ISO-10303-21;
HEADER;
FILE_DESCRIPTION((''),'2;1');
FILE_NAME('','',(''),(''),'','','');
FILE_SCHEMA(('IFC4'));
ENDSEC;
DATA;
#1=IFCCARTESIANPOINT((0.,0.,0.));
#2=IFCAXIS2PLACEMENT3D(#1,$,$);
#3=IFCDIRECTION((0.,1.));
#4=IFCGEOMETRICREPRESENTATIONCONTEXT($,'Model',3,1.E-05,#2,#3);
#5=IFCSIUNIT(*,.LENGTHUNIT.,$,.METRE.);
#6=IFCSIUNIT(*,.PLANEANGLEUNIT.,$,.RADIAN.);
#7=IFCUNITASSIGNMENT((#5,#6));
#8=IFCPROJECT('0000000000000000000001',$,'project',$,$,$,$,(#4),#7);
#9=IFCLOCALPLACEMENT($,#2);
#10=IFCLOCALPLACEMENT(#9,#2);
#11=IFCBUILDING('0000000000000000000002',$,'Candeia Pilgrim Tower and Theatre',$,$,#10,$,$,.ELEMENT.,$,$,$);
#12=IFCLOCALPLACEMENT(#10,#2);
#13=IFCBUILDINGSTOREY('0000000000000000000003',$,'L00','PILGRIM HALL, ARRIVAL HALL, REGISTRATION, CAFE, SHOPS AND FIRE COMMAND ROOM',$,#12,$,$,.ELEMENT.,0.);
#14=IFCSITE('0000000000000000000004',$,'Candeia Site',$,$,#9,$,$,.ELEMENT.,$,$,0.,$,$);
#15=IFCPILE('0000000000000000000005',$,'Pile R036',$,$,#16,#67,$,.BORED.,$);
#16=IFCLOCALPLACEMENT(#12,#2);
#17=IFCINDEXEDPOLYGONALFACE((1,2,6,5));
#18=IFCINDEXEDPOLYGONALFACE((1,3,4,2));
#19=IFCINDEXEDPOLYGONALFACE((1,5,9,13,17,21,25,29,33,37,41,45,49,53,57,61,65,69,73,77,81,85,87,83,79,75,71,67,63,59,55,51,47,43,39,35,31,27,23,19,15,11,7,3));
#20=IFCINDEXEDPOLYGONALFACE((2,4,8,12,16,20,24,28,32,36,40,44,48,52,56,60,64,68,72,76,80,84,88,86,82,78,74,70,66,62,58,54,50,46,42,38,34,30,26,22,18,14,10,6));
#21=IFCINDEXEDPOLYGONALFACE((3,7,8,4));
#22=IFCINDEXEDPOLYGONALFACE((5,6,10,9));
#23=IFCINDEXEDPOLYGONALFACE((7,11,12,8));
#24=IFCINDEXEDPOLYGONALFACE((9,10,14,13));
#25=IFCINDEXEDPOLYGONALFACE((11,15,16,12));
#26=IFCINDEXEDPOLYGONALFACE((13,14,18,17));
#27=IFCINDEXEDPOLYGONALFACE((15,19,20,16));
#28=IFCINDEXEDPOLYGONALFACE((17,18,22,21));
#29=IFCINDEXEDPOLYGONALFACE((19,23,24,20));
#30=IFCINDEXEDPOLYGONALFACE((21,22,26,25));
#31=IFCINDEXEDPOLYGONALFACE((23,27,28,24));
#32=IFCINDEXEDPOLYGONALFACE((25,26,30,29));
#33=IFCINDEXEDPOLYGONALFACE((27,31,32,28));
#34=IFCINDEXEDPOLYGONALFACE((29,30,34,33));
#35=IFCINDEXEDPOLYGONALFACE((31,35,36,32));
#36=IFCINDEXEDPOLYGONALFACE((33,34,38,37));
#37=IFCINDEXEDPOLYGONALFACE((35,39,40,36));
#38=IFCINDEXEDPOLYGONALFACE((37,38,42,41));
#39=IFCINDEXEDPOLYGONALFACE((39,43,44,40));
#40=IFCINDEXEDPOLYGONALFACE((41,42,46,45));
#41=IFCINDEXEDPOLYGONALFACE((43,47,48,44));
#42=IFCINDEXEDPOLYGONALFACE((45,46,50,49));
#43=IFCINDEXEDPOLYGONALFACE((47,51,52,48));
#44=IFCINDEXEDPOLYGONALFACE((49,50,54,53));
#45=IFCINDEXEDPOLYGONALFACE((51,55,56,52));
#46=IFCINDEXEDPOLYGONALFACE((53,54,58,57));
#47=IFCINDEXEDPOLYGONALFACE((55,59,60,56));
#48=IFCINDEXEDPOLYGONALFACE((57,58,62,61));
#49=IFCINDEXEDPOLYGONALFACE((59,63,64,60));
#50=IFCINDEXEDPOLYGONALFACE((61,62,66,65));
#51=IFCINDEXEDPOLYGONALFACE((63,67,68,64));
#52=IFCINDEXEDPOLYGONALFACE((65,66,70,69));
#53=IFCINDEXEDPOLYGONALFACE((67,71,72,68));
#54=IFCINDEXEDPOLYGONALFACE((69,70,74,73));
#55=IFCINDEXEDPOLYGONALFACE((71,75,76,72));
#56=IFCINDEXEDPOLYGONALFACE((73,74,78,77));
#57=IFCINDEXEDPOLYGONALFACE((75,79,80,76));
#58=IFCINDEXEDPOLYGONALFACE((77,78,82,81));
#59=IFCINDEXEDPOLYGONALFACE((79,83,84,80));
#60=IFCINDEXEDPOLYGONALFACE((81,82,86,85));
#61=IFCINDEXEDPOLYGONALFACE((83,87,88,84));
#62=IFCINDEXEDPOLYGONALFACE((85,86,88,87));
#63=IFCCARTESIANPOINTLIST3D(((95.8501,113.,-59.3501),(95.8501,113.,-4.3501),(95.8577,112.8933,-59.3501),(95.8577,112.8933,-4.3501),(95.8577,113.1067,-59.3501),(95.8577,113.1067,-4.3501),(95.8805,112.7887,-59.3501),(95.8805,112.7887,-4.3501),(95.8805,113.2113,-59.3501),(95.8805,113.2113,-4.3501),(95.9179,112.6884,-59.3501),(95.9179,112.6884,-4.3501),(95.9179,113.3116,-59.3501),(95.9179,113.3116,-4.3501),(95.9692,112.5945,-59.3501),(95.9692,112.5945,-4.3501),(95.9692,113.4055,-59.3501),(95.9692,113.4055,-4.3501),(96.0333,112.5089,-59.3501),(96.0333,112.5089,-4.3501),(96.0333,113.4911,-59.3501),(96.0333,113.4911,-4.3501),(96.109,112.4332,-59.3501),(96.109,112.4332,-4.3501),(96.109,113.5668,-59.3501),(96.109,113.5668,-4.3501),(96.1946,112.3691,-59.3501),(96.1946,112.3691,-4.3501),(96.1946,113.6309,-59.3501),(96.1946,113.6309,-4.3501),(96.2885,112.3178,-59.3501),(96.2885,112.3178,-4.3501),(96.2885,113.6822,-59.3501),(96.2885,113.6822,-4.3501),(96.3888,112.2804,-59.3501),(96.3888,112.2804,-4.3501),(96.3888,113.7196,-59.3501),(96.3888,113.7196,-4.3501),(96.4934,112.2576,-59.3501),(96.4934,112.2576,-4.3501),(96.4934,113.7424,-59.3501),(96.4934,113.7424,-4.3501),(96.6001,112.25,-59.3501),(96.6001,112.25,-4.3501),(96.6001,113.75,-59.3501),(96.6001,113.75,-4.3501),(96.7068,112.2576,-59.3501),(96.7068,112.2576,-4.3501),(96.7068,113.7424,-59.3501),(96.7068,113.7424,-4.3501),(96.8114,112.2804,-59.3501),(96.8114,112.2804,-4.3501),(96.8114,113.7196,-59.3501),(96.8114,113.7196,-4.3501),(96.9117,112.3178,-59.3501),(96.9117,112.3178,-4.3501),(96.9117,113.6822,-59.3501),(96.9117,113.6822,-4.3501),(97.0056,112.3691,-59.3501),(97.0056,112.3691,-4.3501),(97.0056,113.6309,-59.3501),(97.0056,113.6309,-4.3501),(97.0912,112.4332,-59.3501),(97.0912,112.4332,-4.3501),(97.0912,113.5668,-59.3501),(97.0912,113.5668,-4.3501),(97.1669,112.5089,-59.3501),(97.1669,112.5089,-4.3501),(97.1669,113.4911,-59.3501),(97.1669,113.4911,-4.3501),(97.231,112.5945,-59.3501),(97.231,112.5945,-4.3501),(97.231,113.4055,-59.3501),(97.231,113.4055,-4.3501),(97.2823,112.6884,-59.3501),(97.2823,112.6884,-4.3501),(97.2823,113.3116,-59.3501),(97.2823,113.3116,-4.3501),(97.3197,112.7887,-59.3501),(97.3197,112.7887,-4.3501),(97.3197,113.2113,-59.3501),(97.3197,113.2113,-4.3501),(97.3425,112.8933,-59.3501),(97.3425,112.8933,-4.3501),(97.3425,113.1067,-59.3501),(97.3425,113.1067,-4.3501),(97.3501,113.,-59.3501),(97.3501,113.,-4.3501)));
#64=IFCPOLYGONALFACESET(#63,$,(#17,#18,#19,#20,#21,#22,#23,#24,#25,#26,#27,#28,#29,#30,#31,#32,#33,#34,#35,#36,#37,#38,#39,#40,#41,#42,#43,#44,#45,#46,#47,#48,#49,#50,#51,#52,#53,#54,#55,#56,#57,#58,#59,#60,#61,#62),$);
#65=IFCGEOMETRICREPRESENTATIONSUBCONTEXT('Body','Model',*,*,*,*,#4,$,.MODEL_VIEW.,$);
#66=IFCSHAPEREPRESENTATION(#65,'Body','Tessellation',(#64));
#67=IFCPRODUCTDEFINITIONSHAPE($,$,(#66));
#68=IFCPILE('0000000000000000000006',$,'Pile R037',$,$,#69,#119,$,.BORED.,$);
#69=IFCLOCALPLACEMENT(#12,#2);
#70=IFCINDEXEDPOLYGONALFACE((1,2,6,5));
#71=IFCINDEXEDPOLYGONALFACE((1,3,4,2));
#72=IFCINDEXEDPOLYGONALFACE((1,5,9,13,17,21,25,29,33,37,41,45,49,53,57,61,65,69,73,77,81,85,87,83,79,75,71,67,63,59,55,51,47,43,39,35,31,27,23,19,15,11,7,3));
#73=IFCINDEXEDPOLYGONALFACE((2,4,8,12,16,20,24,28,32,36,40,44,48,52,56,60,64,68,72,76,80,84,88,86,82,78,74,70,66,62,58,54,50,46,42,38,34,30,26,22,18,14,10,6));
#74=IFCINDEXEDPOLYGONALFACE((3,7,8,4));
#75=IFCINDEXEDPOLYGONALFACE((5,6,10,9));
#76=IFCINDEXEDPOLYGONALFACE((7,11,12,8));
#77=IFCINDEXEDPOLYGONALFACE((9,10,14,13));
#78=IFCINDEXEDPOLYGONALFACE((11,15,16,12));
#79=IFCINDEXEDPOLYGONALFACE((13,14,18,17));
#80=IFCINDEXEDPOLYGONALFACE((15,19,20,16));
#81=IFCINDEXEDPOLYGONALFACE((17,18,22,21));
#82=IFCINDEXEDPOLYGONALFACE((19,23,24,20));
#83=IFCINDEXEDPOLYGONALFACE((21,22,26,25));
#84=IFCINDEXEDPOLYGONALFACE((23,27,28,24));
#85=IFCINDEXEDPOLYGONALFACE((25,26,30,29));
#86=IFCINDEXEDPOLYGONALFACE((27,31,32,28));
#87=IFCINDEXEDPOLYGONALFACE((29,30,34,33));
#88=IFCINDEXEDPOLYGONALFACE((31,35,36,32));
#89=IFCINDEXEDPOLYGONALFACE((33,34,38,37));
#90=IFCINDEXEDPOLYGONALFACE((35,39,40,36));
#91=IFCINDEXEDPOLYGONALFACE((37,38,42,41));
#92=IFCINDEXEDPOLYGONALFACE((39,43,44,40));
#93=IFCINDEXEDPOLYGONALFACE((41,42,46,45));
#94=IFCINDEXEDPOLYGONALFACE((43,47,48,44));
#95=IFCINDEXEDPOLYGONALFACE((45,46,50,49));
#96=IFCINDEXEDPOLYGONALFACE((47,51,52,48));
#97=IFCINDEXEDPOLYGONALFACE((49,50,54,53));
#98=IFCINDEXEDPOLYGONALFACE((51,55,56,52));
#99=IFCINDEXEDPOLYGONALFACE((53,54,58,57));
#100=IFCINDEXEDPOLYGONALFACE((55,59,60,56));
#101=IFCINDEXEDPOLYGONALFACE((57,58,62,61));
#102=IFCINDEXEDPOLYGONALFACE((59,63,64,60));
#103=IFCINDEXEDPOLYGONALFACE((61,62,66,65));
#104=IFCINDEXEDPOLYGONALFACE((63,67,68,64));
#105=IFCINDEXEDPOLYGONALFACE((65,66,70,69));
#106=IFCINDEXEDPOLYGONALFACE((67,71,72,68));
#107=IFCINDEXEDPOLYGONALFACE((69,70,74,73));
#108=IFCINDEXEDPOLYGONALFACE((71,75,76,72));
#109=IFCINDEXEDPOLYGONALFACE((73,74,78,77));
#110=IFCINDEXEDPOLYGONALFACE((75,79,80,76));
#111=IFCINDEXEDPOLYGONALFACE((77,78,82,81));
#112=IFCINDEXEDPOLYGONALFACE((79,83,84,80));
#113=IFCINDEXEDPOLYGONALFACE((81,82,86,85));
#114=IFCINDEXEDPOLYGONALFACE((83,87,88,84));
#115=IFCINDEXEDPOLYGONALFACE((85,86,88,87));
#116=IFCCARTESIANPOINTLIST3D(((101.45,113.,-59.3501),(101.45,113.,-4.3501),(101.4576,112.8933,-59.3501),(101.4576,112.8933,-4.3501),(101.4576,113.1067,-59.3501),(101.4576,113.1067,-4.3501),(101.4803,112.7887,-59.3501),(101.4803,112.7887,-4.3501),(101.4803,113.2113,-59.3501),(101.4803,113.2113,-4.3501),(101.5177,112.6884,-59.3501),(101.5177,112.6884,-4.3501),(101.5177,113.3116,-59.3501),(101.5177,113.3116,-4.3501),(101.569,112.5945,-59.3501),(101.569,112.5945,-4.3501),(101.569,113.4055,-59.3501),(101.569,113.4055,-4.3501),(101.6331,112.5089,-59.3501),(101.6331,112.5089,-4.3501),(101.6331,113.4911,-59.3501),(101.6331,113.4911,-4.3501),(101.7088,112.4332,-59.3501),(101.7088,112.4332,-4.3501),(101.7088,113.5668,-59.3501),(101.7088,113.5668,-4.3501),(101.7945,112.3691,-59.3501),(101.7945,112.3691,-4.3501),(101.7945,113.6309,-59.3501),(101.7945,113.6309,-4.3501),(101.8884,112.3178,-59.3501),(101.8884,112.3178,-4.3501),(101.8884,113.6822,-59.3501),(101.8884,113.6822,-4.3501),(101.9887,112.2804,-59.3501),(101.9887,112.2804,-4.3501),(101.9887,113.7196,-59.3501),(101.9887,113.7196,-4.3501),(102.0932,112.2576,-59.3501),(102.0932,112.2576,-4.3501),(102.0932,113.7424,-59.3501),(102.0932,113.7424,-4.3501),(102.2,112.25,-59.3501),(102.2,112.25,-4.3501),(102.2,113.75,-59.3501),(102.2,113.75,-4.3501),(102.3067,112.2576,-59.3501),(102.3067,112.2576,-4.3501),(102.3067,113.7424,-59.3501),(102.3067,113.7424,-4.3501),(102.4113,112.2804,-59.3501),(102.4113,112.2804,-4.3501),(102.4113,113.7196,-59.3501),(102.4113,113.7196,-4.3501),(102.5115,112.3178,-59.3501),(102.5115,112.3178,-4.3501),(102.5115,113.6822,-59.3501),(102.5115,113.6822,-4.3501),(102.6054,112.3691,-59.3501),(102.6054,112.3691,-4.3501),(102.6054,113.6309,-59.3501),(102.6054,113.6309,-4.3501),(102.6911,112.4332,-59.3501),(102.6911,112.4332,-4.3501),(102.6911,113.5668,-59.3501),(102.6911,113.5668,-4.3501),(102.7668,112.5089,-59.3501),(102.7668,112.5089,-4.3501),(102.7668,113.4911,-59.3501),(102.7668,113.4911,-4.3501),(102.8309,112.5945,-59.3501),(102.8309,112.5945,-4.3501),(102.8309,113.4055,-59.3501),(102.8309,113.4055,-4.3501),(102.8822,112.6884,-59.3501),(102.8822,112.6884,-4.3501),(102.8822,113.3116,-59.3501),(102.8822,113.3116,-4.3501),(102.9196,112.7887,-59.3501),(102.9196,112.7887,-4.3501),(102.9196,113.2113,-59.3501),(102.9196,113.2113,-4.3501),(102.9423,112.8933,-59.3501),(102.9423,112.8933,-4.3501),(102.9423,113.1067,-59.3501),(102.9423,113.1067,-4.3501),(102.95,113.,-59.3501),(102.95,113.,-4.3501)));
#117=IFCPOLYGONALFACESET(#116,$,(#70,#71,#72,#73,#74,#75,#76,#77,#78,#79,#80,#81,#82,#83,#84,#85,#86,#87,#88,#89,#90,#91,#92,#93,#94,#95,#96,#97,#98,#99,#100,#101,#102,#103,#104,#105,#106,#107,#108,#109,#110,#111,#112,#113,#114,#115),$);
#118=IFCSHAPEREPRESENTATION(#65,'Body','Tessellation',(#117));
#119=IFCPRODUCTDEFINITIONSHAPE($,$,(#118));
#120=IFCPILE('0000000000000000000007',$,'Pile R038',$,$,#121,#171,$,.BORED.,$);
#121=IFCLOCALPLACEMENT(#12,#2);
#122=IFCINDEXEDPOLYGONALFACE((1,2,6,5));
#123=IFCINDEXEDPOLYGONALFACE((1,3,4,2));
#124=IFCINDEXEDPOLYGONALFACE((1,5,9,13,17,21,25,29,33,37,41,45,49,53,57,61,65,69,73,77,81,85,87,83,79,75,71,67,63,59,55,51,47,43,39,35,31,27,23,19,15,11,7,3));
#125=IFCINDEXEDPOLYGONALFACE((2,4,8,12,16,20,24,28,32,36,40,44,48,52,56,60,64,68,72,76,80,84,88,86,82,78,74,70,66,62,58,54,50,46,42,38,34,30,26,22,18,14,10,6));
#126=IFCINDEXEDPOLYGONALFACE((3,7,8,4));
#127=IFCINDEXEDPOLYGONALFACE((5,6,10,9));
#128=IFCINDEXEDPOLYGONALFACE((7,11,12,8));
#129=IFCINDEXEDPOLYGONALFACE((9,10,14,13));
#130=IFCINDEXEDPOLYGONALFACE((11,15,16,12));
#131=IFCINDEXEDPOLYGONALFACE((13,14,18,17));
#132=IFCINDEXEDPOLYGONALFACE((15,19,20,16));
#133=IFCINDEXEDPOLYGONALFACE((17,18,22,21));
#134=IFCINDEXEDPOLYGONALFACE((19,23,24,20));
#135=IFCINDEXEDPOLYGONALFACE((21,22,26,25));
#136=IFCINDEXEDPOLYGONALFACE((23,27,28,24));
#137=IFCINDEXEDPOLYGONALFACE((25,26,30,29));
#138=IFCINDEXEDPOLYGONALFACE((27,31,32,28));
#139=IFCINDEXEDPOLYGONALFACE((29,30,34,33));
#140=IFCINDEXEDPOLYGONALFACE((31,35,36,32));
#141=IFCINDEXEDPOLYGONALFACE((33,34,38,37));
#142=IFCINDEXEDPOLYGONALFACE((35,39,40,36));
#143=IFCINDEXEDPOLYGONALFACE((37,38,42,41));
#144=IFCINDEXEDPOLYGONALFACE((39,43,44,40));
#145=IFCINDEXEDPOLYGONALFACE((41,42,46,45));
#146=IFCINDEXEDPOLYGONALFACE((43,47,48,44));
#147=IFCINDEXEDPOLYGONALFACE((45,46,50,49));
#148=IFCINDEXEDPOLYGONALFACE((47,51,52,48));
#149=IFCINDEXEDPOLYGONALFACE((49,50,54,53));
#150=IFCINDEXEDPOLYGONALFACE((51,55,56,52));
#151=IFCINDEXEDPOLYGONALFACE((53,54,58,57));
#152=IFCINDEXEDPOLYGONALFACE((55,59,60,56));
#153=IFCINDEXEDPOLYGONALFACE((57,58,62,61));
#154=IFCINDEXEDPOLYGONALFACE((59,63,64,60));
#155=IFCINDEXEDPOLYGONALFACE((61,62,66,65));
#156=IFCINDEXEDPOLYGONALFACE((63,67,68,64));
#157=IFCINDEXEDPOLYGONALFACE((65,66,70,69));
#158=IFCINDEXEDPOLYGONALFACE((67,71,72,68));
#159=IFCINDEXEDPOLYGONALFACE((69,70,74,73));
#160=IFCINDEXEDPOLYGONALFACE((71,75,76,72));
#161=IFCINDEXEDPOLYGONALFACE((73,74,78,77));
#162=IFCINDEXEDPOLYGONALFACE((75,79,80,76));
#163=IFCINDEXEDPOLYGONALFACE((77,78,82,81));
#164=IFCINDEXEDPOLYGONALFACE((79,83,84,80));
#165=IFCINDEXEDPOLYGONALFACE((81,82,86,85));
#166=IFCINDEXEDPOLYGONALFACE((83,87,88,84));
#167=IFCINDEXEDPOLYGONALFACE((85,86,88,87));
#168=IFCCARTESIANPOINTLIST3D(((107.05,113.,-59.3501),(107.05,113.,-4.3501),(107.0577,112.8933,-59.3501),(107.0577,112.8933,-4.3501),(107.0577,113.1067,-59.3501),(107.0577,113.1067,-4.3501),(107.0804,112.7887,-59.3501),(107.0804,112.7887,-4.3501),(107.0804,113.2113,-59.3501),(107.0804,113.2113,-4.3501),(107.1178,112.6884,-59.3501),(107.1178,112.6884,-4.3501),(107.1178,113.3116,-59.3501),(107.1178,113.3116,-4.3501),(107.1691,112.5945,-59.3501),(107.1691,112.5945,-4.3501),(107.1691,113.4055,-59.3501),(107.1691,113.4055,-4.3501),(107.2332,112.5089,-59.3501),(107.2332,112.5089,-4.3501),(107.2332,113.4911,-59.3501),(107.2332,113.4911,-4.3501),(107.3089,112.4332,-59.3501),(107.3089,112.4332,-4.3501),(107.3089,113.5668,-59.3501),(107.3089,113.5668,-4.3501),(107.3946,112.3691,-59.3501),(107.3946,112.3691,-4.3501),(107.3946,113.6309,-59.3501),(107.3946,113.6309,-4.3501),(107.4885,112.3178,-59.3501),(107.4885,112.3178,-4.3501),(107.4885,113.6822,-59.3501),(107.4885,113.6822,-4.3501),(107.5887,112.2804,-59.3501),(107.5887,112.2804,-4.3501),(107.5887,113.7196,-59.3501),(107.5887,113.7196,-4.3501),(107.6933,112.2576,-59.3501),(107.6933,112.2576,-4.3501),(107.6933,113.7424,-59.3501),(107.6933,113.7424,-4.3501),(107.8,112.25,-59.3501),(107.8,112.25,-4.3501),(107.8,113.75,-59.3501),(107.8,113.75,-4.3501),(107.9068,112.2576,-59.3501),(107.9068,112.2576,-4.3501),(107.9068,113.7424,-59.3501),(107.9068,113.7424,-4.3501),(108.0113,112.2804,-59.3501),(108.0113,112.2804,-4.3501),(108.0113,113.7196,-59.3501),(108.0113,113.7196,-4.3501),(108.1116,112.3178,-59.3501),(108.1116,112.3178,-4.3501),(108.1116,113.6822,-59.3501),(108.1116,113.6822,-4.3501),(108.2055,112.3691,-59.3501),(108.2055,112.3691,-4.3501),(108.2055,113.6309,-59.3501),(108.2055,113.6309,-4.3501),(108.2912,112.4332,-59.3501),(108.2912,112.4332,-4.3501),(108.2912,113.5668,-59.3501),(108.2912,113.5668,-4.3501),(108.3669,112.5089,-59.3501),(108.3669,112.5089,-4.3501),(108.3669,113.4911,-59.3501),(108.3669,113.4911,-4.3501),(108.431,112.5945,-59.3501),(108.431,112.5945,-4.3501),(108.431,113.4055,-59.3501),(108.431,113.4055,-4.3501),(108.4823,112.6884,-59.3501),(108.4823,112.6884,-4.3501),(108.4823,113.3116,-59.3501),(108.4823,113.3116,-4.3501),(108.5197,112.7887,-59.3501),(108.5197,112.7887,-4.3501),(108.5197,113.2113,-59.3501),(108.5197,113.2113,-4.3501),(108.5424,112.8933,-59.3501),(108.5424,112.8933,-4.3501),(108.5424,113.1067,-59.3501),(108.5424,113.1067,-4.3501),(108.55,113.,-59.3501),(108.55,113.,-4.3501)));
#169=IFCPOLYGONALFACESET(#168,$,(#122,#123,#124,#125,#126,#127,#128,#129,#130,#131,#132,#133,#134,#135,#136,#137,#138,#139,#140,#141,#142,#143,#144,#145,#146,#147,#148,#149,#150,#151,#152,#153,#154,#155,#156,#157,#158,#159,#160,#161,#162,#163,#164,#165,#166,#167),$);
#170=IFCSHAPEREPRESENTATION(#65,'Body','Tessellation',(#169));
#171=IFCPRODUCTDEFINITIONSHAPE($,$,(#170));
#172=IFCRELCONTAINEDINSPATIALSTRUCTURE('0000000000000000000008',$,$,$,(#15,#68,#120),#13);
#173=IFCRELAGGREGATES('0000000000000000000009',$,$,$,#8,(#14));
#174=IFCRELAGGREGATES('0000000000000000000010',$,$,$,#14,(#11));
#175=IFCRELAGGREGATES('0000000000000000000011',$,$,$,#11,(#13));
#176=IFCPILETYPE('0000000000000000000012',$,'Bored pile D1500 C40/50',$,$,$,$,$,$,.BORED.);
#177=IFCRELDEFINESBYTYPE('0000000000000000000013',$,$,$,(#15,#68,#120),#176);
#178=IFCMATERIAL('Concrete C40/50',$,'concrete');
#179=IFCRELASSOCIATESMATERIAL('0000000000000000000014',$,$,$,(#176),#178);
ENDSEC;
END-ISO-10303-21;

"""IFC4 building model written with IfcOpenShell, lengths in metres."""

from ifc_helpers import new_model, si_unit, direction, frame, origin, origin_2d, place, context, subcontext, project, spatial, circle, extrude, material, material_profile, profile_set, type_object, element, save


model = new_model("IFC4")

# Units and contexts
model_context = context("Model", 3, precision=1e-05, world=origin(), true_north=direction((0.0, 1.0)))
body_context = subcontext(model_context, "Body", "Model", "MODEL_VIEW")
ifc_project = project(units=[si_unit("LENGTHUNIT", "METRE"), si_unit("PLANEANGLEUNIT", "RADIAN")], contexts=[model_context])

# Site, building, storey
site_placement = place(None, origin())
site = spatial("IfcSite", under=ifc_project, at=site_placement, Name="Candeia Site", CompositionType="ELEMENT", RefElevation=0.0)
building_placement = place(site_placement, origin())
building = spatial("IfcBuilding", under=site, at=building_placement, Name="Candeia Pilgrim Tower and Theatre", CompositionType="ELEMENT")
storey_placement = place(building_placement, origin())
storey = spatial("IfcBuildingStorey", under=building, at=storey_placement, Name="L00", Description="PILGRIM HALL, ARRIVAL HALL, REGISTRATION, CAFE, SHOPS AND FIRE COMMAND ROOM", CompositionType="ELEMENT", Elevation=0.0)

# Piles
ifc_material_1 = material(Name="Concrete C40/50", Category="concrete")
ifc_material_profile_1 = material_profile(ifc_material_1, circle(Radius=0.75, at=origin_2d()))
ifc_profile_set_1 = profile_set([ifc_material_profile_1], Name="Concrete C40/50")
pile_type = type_object("IfcPileType", Name="Bored pile D1500 C40/50", PredefinedType="BORED", material=ifc_profile_set_1)
for number, where, z_axis, x_axis, name in (
    (1, (96.6001, 113.0, -4.3501), (0.0, 0.0, -1.0), (1.0, 0.0, 0.0), "Pile R036"),
    (2, (102.2, 113.0, -4.3501), (0.0, 0.0, -1.0), (1.0, 0.0, 0.0), "Pile R037"),
    (3, (107.8, 113.0, -4.3501), (0.0, 0.0, -1.0), (1.0, 0.0, 0.0), "Pile R038"),
):
    element("IfcPile", number, at=place(storey_placement, frame(where, z_axis=z_axis, x_axis=x_axis)), inside=storey, type_object=pile_type, Name=name, PredefinedType="BORED", context=body_context, shape_type="SweptSolid", body=[
        extrude(circle(Radius=0.75, at=origin_2d()), origin(), (0.0, 0.0, 1.0), 55.0),
    ])

save(model, "model.ifc")
